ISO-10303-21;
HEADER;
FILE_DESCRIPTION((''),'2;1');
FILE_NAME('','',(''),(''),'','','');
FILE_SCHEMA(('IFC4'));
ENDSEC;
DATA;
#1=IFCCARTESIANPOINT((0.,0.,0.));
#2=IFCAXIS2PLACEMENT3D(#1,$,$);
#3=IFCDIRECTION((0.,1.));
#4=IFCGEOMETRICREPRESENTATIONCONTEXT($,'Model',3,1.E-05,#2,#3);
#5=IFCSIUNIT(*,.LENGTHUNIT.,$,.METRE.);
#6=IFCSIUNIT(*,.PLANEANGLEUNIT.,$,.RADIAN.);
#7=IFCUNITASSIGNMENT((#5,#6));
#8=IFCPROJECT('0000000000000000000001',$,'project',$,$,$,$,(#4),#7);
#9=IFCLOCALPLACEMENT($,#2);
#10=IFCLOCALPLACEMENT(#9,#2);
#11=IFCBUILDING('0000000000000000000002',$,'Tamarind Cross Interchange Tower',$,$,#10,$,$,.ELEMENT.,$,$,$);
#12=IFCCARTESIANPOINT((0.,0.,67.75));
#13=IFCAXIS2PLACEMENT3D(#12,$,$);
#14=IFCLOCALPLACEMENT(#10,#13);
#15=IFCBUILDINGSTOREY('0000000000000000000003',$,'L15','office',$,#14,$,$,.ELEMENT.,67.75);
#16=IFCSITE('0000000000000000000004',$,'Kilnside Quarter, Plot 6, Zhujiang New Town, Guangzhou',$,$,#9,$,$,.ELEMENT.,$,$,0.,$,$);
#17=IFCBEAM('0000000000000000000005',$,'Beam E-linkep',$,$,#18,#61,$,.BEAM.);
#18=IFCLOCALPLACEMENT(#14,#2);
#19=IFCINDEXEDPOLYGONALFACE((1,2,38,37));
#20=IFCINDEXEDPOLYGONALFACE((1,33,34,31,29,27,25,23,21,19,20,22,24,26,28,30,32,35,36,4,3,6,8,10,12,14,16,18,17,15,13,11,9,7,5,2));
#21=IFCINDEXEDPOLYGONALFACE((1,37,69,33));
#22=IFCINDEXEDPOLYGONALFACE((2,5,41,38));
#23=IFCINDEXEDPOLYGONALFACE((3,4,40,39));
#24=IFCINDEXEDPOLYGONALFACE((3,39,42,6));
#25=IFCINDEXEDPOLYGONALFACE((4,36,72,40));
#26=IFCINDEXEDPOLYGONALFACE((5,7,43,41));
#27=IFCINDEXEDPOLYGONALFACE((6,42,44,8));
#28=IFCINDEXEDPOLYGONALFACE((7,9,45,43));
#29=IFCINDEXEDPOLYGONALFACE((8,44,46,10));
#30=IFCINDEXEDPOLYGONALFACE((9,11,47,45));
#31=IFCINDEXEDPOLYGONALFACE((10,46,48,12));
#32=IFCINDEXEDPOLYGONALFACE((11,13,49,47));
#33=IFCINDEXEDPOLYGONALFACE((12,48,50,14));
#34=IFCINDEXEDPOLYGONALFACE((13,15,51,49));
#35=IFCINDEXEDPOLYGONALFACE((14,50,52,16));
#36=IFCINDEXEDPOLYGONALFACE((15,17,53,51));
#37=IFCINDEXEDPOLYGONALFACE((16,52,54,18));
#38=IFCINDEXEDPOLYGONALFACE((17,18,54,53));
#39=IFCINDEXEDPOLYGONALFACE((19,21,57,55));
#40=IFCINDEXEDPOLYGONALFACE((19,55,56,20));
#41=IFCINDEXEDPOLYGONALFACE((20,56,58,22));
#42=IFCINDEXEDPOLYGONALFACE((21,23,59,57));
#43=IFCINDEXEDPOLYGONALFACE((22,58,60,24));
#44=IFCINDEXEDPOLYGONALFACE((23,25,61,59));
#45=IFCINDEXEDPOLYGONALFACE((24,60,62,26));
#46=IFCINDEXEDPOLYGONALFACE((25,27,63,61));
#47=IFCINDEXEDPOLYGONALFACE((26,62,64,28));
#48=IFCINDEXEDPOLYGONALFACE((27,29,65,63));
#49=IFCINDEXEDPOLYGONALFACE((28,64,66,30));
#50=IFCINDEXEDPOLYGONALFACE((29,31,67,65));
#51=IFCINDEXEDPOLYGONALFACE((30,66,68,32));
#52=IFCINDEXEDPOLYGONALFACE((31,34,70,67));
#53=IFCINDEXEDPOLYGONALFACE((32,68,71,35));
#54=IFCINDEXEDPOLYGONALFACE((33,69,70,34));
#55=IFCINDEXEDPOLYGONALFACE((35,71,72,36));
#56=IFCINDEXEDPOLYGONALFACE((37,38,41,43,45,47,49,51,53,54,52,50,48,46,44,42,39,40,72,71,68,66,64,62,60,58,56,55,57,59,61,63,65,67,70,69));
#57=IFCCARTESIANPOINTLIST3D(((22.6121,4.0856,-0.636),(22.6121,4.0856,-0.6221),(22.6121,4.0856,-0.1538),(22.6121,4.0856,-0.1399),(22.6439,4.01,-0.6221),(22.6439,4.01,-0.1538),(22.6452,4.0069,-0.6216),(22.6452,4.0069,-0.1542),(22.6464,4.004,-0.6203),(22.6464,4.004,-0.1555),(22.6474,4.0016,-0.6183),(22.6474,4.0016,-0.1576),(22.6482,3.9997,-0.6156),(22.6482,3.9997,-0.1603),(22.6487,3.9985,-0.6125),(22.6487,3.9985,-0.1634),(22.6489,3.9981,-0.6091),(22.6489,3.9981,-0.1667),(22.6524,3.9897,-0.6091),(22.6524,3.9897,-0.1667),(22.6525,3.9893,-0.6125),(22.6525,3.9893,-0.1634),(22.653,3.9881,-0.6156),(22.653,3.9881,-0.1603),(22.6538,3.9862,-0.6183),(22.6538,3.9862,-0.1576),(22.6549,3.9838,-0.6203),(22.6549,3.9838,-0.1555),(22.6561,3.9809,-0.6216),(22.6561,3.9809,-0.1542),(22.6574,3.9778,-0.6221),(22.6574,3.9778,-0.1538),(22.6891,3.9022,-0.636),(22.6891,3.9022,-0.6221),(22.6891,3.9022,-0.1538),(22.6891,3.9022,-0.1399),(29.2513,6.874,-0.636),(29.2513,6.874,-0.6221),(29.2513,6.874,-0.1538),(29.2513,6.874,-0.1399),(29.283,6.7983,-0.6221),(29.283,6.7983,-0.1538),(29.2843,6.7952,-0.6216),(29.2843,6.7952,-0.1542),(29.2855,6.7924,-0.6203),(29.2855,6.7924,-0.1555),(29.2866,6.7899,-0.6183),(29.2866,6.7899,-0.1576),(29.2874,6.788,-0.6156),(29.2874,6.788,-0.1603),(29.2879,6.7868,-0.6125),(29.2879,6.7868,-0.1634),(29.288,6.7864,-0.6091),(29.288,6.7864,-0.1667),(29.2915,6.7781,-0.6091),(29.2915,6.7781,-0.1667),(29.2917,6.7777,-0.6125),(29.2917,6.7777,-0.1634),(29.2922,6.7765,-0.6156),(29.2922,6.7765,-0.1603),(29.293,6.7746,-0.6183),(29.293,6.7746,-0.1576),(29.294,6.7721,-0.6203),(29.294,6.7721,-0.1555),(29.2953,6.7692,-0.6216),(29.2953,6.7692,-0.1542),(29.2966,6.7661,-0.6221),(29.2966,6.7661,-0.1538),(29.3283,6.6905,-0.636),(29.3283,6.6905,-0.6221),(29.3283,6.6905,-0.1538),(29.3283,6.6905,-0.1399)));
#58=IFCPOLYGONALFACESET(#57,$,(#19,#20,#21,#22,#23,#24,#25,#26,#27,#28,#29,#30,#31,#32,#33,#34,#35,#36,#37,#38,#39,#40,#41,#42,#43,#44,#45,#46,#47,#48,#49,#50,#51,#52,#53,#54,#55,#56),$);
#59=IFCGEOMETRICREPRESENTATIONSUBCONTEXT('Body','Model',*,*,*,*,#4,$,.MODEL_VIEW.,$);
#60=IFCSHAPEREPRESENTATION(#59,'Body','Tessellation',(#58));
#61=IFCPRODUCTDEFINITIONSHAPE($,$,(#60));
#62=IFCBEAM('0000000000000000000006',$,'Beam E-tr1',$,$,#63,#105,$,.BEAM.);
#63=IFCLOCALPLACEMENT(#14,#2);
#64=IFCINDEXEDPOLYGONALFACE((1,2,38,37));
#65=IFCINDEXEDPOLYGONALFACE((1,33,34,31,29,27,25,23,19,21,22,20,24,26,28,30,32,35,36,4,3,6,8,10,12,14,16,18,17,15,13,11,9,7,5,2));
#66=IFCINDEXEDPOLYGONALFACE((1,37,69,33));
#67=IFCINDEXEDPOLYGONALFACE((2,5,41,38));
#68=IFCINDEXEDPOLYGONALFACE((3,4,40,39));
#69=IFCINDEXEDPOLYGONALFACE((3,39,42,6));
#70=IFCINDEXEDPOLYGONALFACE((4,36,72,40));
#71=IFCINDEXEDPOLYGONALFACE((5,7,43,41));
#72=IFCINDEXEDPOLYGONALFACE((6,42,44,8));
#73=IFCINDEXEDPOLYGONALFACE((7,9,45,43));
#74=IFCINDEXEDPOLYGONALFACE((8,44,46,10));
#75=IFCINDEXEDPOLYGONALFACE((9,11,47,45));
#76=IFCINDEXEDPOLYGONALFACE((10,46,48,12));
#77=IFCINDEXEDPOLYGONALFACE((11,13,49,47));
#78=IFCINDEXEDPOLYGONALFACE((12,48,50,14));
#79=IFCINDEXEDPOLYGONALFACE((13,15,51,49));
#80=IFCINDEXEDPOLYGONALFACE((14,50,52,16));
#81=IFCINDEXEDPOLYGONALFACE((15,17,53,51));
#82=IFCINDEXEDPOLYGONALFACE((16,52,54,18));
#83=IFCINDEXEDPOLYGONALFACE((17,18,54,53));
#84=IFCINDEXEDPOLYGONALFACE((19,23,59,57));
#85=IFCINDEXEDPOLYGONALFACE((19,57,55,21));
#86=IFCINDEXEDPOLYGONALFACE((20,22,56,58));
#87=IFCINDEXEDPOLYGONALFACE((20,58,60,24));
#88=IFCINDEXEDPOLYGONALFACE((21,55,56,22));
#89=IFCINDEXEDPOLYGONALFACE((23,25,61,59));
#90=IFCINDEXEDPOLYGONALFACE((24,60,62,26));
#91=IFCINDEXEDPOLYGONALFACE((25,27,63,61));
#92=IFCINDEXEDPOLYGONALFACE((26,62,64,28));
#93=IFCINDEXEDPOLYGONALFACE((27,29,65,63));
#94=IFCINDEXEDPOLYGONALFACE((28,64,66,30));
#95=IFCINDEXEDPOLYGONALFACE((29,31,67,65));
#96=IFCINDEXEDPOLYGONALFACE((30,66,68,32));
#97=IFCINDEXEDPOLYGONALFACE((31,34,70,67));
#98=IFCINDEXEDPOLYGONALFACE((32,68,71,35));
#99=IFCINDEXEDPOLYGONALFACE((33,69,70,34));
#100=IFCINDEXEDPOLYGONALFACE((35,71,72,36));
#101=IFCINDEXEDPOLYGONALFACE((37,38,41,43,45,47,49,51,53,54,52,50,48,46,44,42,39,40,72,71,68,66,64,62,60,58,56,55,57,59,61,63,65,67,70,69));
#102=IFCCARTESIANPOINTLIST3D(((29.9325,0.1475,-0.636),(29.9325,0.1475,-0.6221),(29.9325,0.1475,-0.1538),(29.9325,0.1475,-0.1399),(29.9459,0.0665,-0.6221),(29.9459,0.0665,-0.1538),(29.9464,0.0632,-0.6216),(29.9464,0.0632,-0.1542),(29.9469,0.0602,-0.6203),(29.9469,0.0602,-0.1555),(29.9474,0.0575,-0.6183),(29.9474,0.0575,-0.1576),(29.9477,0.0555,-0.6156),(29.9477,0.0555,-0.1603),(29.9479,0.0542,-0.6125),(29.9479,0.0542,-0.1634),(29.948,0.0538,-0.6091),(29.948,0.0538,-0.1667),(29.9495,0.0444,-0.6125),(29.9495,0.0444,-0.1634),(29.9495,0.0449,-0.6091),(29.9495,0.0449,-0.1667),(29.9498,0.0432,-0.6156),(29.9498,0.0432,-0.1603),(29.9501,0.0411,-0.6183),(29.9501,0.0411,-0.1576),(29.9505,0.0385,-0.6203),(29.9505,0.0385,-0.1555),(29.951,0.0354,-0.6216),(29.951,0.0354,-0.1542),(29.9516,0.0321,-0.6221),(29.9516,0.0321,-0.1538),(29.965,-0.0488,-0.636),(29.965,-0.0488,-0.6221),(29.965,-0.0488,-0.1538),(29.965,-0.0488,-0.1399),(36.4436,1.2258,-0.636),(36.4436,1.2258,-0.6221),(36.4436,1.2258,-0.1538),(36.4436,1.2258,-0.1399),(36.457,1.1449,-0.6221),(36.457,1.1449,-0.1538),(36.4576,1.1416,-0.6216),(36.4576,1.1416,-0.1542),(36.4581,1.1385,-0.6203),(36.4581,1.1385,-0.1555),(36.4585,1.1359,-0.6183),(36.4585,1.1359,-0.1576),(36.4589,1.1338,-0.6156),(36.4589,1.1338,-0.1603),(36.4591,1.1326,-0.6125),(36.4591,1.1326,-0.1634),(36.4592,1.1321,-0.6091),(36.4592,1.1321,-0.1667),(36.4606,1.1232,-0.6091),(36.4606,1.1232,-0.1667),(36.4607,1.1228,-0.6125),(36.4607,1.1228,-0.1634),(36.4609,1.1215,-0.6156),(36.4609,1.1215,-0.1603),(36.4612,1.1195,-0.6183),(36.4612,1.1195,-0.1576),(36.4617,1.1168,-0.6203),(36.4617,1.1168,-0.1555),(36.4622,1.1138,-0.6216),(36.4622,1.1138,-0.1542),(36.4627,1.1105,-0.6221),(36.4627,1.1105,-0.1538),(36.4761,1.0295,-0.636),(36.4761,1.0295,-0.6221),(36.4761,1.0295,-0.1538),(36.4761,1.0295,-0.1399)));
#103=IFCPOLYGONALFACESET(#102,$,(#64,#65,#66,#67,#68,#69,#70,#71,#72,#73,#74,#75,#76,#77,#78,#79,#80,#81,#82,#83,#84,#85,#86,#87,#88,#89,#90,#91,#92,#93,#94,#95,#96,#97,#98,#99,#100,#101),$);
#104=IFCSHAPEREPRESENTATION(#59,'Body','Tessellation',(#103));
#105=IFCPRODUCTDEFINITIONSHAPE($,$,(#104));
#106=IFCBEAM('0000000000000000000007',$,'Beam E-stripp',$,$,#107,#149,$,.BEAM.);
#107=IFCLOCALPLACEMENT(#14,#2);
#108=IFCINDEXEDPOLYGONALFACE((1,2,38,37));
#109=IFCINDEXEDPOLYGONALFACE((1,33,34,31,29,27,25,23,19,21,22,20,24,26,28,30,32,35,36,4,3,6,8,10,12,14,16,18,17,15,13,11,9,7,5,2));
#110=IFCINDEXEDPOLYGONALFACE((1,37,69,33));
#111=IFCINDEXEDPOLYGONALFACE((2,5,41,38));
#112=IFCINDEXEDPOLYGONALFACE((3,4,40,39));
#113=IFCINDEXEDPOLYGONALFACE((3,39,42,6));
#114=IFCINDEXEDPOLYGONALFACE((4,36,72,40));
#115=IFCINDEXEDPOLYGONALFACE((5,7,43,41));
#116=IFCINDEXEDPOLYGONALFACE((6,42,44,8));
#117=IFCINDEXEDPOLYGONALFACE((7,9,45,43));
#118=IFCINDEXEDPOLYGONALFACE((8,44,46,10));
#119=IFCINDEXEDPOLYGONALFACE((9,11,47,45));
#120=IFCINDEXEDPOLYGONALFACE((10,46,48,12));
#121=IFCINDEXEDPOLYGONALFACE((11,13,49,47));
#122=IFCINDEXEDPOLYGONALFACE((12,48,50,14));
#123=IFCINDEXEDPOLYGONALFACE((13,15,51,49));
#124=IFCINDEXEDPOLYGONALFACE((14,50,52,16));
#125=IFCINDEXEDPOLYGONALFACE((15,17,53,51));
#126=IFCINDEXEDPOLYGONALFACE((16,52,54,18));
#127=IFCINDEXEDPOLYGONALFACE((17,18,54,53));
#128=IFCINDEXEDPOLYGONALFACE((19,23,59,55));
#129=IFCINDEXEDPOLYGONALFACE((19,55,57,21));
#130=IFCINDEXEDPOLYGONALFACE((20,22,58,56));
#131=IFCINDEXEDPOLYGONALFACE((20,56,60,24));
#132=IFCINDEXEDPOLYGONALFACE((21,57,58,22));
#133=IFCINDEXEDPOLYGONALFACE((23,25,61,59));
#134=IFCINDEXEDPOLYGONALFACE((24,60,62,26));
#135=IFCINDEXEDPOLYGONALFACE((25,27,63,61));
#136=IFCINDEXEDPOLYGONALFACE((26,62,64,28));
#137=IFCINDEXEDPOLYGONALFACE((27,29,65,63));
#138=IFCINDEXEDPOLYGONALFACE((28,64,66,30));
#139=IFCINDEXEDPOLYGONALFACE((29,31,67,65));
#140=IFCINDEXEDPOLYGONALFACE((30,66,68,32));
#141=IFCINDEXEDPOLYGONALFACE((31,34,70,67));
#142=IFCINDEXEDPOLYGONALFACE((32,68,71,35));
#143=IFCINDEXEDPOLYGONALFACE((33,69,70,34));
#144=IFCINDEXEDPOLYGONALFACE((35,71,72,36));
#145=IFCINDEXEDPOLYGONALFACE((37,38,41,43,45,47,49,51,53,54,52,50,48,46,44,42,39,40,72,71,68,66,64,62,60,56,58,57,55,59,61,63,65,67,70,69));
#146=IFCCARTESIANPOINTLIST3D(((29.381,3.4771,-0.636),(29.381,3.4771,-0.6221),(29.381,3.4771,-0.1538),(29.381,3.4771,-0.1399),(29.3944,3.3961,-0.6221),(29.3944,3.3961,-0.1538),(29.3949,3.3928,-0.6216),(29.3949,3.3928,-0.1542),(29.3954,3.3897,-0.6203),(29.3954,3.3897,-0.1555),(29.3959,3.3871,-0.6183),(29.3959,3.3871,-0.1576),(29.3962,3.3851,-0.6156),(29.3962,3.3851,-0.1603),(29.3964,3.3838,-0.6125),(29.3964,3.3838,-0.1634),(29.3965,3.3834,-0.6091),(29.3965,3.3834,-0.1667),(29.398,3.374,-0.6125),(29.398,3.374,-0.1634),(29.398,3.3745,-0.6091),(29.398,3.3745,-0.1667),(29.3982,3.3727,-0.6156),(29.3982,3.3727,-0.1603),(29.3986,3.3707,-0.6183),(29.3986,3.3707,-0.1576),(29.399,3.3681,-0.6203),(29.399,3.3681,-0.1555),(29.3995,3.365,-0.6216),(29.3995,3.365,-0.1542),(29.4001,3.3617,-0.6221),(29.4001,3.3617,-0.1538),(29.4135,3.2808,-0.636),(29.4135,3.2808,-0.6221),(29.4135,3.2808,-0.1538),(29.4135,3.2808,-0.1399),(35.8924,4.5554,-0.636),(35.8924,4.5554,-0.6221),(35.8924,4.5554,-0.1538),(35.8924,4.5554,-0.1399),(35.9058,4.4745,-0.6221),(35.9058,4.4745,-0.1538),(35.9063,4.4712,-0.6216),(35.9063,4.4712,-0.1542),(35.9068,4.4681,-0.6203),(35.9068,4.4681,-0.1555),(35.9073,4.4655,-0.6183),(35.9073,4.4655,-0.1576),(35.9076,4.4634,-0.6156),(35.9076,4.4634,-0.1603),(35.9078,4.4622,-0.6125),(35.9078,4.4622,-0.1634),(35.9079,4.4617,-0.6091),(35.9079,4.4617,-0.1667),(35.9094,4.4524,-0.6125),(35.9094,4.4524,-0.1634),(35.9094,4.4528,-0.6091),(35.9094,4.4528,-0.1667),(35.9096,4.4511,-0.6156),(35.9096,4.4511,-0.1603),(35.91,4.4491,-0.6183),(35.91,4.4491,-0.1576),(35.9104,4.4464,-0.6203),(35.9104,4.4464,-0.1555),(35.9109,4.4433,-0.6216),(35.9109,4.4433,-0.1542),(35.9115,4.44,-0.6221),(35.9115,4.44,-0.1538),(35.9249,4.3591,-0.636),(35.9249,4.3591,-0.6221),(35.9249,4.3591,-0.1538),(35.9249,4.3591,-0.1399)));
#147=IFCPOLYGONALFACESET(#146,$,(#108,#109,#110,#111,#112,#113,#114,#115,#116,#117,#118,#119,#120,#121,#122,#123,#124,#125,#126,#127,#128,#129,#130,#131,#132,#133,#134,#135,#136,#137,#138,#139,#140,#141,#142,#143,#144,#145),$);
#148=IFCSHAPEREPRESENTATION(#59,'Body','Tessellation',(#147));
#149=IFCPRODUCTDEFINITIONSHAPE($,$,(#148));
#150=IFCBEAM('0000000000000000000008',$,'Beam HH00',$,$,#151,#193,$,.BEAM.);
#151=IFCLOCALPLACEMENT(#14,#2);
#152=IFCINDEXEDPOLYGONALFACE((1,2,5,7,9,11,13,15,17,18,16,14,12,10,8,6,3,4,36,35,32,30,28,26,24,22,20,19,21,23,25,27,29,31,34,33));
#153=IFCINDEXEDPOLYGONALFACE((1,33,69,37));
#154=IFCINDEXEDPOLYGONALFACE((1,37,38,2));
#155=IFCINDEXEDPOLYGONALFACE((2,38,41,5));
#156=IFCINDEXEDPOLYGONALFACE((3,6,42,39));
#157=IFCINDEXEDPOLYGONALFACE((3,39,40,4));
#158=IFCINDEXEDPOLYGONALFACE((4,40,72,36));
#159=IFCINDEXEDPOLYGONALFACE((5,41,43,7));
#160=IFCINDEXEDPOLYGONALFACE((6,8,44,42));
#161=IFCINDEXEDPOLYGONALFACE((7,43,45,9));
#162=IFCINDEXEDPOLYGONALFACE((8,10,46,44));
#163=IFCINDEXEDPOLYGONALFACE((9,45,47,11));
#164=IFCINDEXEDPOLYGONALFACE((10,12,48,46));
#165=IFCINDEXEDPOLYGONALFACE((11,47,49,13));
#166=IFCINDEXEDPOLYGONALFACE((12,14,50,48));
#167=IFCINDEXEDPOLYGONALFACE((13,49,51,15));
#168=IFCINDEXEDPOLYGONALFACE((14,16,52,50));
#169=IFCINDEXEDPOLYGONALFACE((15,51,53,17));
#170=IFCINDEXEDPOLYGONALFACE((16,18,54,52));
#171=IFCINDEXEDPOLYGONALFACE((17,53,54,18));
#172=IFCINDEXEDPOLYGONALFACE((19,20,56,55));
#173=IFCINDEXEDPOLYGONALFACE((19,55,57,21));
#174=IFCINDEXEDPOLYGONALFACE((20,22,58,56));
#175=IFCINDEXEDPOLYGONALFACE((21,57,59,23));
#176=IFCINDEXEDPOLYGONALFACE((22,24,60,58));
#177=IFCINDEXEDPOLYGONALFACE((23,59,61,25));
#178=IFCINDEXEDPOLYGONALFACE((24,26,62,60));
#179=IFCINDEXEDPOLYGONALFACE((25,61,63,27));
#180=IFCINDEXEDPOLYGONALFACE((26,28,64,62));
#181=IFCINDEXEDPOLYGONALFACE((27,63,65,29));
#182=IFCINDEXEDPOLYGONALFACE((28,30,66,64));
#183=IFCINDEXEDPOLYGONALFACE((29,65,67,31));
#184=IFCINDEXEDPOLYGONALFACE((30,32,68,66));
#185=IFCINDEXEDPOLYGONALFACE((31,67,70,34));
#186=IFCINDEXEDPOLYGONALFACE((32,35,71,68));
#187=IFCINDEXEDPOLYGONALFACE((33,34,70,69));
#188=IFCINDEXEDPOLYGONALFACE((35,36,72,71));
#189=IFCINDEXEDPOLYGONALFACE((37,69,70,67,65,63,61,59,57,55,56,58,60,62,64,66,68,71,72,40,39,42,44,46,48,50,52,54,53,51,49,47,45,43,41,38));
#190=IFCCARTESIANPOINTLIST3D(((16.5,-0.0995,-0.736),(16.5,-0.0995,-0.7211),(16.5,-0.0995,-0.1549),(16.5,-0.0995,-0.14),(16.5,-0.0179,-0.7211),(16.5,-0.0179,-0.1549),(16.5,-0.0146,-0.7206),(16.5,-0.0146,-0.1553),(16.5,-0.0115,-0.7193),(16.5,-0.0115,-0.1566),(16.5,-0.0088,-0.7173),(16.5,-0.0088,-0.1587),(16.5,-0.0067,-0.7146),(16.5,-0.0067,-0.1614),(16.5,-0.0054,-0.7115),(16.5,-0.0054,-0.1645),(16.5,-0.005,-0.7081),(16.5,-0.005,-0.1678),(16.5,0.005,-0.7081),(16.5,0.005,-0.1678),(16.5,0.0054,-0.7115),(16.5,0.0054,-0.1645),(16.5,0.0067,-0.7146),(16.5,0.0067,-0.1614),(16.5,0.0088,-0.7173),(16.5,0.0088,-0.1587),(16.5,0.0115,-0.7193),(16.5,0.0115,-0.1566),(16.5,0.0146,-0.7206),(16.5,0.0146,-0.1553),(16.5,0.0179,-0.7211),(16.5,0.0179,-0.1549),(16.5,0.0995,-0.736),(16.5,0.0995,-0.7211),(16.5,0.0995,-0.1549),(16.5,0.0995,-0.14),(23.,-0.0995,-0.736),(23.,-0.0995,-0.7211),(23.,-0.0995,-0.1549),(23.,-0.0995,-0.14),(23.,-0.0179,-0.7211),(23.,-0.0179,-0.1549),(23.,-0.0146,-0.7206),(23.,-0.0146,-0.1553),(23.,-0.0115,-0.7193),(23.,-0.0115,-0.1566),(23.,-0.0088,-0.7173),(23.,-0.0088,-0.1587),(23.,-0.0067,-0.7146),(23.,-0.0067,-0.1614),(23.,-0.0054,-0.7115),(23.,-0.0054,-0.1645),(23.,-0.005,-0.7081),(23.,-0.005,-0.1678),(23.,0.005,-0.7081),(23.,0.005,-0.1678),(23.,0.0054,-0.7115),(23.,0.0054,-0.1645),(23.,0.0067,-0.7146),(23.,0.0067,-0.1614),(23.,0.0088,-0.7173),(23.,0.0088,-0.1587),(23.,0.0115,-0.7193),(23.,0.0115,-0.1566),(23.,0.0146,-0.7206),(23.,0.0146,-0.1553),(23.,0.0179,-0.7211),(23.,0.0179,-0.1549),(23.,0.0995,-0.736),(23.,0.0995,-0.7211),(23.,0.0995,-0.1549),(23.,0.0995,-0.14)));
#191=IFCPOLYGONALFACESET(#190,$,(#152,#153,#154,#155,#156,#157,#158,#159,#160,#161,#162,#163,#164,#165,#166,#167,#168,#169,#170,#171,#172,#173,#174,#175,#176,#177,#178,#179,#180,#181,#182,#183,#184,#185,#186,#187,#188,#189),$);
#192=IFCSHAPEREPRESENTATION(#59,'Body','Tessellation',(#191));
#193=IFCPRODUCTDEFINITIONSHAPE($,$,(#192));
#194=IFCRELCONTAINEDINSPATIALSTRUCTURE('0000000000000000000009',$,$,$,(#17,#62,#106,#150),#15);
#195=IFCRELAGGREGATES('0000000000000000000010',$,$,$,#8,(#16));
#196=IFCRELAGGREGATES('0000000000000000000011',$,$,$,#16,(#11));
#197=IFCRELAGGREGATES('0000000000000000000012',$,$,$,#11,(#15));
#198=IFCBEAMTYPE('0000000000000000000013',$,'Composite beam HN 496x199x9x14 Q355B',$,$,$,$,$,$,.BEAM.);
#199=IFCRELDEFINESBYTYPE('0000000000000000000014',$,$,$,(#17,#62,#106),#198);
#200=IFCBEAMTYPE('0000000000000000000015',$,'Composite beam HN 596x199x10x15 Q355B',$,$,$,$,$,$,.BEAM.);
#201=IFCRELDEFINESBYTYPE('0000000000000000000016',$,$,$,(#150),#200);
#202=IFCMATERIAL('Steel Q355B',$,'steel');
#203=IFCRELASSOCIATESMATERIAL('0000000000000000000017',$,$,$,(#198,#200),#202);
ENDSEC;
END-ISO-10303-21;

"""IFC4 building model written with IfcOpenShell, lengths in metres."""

from ifc_helpers import new_model, si_unit, direction, frame, origin, origin_2d, place, context, subcontext, project, spatial, i_section, extrude, material, material_profile, profile_set, type_object, element, save


model = new_model("IFC4")

# Units and contexts
model_context = context("Model", 3, precision=1e-05, world=origin(), true_north=direction((0.0, 1.0)))
body_context = subcontext(model_context, "Body", "Model", "MODEL_VIEW")
ifc_project = project(units=[si_unit("LENGTHUNIT", "METRE"), si_unit("PLANEANGLEUNIT", "RADIAN")], contexts=[model_context])

# Site, building, storey
site_placement = place(None, origin())
site = spatial("IfcSite", under=ifc_project, at=site_placement, Name="Kilnside Quarter, Plot 6, Zhujiang New Town, Guangzhou", CompositionType="ELEMENT", RefElevation=0.0)
building_placement = place(site_placement, origin())
building = spatial("IfcBuilding", under=site, at=building_placement, Name="Tamarind Cross Interchange Tower", CompositionType="ELEMENT")
storey_placement = place(building_placement, frame((0.0, 0.0, 67.75)))
storey = spatial("IfcBuildingStorey", under=building, at=storey_placement, Name="L15", Description="office", CompositionType="ELEMENT", Elevation=67.75)

# Beams
ifc_material_1 = material(Name="Steel Q355B", Category="steel")
ifc_material_profile_1 = material_profile(ifc_material_1, i_section(OverallWidth=0.199, OverallDepth=0.4961, WebThickness=0.009, FlangeThickness=0.0139, FilletRadius=0.0129, at=origin_2d()), Name="HN 496x199x9x14")
ifc_profile_set_1 = profile_set([ifc_material_profile_1], Name="Steel Q355B")
beam_type_1 = type_object("IfcBeamType", Name="Composite beam HN 496x199x9x14 Q355B", PredefinedType="BEAM", material=ifc_profile_set_1)
beam_1_placement = place(storey_placement, frame((29.2898, 6.7822, -0.3879), z_axis=(-0.921988, -0.387219, 0.0), x_axis=(0.387219, -0.921988, 0.0)))
element("IfcBeam", 1, at=beam_1_placement, inside=storey, type_object=beam_type_1, Name="Beam E-linkep", PredefinedType="BEAM", context=body_context, shape_type="SweptSolid", body=[
    extrude(i_section(OverallWidth=0.199, OverallDepth=0.4961, WebThickness=0.009, FlangeThickness=0.0139, FilletRadius=0.0129, at=origin_2d()), origin(), (0.0, 0.0, 1.0), 7.2009),
])
beam_2_placement = place(storey_placement, frame((29.9487, 0.0493, -0.3879), z_axis=(0.986561, 0.163391, 0.0), x_axis=(-0.163391, 0.986561, 0.0)))
element("IfcBeam", 2, at=beam_2_placement, inside=storey, type_object=beam_type_1, Name="Beam E-tr1", PredefinedType="BEAM", context=body_context, shape_type="SweptSolid", body=[
    extrude(i_section(OverallWidth=0.199, OverallDepth=0.4961, WebThickness=0.009, FlangeThickness=0.0139, FilletRadius=0.0129, at=origin_2d()), origin(), (0.0, 0.0, 1.0), 6.5999),
])
beam_3_placement = place(storey_placement, frame((29.3972, 3.3789, -0.3879), z_axis=(0.986562, 0.163385, 0.0), x_axis=(-0.163385, 0.986562, 0.0)))
element("IfcBeam", 3, at=beam_3_placement, inside=storey, type_object=beam_type_1, Name="Beam E-stripp", PredefinedType="BEAM", context=body_context, shape_type="SweptSolid", body=[
    extrude(i_section(OverallWidth=0.199, OverallDepth=0.4961, WebThickness=0.009, FlangeThickness=0.0139, FilletRadius=0.0129, at=origin_2d()), origin(), (0.0, 0.0, 1.0), 6.6001),
])
ifc_material_profile_2 = material_profile(ifc_material_1, i_section(OverallWidth=0.199, OverallDepth=0.5959, WebThickness=0.01, FlangeThickness=0.0149, FilletRadius=0.0129, at=origin_2d()), Name="HN 596x199x10x15")
ifc_profile_set_2 = profile_set([ifc_material_profile_2], Name="Steel Q355B")
beam_type_2 = type_object("IfcBeamType", Name="Composite beam HN 596x199x10x15 Q355B", PredefinedType="BEAM", material=ifc_profile_set_2)
beam_4_placement = place(storey_placement, frame((23.0, 0.0, -0.438), z_axis=(-1.0, 0.0, 0.0), x_axis=(0.0, -1.0, 0.0)))
element("IfcBeam", 4, at=beam_4_placement, inside=storey, type_object=beam_type_2, Name="Beam HH00", PredefinedType="BEAM", context=body_context, shape_type="SweptSolid", body=[
    extrude(i_section(OverallWidth=0.199, OverallDepth=0.5959, WebThickness=0.01, FlangeThickness=0.0149, FilletRadius=0.0129, at=origin_2d()), origin(), (0.0, 0.0, 1.0), 6.5),
])

save(model, "model.ifc")
